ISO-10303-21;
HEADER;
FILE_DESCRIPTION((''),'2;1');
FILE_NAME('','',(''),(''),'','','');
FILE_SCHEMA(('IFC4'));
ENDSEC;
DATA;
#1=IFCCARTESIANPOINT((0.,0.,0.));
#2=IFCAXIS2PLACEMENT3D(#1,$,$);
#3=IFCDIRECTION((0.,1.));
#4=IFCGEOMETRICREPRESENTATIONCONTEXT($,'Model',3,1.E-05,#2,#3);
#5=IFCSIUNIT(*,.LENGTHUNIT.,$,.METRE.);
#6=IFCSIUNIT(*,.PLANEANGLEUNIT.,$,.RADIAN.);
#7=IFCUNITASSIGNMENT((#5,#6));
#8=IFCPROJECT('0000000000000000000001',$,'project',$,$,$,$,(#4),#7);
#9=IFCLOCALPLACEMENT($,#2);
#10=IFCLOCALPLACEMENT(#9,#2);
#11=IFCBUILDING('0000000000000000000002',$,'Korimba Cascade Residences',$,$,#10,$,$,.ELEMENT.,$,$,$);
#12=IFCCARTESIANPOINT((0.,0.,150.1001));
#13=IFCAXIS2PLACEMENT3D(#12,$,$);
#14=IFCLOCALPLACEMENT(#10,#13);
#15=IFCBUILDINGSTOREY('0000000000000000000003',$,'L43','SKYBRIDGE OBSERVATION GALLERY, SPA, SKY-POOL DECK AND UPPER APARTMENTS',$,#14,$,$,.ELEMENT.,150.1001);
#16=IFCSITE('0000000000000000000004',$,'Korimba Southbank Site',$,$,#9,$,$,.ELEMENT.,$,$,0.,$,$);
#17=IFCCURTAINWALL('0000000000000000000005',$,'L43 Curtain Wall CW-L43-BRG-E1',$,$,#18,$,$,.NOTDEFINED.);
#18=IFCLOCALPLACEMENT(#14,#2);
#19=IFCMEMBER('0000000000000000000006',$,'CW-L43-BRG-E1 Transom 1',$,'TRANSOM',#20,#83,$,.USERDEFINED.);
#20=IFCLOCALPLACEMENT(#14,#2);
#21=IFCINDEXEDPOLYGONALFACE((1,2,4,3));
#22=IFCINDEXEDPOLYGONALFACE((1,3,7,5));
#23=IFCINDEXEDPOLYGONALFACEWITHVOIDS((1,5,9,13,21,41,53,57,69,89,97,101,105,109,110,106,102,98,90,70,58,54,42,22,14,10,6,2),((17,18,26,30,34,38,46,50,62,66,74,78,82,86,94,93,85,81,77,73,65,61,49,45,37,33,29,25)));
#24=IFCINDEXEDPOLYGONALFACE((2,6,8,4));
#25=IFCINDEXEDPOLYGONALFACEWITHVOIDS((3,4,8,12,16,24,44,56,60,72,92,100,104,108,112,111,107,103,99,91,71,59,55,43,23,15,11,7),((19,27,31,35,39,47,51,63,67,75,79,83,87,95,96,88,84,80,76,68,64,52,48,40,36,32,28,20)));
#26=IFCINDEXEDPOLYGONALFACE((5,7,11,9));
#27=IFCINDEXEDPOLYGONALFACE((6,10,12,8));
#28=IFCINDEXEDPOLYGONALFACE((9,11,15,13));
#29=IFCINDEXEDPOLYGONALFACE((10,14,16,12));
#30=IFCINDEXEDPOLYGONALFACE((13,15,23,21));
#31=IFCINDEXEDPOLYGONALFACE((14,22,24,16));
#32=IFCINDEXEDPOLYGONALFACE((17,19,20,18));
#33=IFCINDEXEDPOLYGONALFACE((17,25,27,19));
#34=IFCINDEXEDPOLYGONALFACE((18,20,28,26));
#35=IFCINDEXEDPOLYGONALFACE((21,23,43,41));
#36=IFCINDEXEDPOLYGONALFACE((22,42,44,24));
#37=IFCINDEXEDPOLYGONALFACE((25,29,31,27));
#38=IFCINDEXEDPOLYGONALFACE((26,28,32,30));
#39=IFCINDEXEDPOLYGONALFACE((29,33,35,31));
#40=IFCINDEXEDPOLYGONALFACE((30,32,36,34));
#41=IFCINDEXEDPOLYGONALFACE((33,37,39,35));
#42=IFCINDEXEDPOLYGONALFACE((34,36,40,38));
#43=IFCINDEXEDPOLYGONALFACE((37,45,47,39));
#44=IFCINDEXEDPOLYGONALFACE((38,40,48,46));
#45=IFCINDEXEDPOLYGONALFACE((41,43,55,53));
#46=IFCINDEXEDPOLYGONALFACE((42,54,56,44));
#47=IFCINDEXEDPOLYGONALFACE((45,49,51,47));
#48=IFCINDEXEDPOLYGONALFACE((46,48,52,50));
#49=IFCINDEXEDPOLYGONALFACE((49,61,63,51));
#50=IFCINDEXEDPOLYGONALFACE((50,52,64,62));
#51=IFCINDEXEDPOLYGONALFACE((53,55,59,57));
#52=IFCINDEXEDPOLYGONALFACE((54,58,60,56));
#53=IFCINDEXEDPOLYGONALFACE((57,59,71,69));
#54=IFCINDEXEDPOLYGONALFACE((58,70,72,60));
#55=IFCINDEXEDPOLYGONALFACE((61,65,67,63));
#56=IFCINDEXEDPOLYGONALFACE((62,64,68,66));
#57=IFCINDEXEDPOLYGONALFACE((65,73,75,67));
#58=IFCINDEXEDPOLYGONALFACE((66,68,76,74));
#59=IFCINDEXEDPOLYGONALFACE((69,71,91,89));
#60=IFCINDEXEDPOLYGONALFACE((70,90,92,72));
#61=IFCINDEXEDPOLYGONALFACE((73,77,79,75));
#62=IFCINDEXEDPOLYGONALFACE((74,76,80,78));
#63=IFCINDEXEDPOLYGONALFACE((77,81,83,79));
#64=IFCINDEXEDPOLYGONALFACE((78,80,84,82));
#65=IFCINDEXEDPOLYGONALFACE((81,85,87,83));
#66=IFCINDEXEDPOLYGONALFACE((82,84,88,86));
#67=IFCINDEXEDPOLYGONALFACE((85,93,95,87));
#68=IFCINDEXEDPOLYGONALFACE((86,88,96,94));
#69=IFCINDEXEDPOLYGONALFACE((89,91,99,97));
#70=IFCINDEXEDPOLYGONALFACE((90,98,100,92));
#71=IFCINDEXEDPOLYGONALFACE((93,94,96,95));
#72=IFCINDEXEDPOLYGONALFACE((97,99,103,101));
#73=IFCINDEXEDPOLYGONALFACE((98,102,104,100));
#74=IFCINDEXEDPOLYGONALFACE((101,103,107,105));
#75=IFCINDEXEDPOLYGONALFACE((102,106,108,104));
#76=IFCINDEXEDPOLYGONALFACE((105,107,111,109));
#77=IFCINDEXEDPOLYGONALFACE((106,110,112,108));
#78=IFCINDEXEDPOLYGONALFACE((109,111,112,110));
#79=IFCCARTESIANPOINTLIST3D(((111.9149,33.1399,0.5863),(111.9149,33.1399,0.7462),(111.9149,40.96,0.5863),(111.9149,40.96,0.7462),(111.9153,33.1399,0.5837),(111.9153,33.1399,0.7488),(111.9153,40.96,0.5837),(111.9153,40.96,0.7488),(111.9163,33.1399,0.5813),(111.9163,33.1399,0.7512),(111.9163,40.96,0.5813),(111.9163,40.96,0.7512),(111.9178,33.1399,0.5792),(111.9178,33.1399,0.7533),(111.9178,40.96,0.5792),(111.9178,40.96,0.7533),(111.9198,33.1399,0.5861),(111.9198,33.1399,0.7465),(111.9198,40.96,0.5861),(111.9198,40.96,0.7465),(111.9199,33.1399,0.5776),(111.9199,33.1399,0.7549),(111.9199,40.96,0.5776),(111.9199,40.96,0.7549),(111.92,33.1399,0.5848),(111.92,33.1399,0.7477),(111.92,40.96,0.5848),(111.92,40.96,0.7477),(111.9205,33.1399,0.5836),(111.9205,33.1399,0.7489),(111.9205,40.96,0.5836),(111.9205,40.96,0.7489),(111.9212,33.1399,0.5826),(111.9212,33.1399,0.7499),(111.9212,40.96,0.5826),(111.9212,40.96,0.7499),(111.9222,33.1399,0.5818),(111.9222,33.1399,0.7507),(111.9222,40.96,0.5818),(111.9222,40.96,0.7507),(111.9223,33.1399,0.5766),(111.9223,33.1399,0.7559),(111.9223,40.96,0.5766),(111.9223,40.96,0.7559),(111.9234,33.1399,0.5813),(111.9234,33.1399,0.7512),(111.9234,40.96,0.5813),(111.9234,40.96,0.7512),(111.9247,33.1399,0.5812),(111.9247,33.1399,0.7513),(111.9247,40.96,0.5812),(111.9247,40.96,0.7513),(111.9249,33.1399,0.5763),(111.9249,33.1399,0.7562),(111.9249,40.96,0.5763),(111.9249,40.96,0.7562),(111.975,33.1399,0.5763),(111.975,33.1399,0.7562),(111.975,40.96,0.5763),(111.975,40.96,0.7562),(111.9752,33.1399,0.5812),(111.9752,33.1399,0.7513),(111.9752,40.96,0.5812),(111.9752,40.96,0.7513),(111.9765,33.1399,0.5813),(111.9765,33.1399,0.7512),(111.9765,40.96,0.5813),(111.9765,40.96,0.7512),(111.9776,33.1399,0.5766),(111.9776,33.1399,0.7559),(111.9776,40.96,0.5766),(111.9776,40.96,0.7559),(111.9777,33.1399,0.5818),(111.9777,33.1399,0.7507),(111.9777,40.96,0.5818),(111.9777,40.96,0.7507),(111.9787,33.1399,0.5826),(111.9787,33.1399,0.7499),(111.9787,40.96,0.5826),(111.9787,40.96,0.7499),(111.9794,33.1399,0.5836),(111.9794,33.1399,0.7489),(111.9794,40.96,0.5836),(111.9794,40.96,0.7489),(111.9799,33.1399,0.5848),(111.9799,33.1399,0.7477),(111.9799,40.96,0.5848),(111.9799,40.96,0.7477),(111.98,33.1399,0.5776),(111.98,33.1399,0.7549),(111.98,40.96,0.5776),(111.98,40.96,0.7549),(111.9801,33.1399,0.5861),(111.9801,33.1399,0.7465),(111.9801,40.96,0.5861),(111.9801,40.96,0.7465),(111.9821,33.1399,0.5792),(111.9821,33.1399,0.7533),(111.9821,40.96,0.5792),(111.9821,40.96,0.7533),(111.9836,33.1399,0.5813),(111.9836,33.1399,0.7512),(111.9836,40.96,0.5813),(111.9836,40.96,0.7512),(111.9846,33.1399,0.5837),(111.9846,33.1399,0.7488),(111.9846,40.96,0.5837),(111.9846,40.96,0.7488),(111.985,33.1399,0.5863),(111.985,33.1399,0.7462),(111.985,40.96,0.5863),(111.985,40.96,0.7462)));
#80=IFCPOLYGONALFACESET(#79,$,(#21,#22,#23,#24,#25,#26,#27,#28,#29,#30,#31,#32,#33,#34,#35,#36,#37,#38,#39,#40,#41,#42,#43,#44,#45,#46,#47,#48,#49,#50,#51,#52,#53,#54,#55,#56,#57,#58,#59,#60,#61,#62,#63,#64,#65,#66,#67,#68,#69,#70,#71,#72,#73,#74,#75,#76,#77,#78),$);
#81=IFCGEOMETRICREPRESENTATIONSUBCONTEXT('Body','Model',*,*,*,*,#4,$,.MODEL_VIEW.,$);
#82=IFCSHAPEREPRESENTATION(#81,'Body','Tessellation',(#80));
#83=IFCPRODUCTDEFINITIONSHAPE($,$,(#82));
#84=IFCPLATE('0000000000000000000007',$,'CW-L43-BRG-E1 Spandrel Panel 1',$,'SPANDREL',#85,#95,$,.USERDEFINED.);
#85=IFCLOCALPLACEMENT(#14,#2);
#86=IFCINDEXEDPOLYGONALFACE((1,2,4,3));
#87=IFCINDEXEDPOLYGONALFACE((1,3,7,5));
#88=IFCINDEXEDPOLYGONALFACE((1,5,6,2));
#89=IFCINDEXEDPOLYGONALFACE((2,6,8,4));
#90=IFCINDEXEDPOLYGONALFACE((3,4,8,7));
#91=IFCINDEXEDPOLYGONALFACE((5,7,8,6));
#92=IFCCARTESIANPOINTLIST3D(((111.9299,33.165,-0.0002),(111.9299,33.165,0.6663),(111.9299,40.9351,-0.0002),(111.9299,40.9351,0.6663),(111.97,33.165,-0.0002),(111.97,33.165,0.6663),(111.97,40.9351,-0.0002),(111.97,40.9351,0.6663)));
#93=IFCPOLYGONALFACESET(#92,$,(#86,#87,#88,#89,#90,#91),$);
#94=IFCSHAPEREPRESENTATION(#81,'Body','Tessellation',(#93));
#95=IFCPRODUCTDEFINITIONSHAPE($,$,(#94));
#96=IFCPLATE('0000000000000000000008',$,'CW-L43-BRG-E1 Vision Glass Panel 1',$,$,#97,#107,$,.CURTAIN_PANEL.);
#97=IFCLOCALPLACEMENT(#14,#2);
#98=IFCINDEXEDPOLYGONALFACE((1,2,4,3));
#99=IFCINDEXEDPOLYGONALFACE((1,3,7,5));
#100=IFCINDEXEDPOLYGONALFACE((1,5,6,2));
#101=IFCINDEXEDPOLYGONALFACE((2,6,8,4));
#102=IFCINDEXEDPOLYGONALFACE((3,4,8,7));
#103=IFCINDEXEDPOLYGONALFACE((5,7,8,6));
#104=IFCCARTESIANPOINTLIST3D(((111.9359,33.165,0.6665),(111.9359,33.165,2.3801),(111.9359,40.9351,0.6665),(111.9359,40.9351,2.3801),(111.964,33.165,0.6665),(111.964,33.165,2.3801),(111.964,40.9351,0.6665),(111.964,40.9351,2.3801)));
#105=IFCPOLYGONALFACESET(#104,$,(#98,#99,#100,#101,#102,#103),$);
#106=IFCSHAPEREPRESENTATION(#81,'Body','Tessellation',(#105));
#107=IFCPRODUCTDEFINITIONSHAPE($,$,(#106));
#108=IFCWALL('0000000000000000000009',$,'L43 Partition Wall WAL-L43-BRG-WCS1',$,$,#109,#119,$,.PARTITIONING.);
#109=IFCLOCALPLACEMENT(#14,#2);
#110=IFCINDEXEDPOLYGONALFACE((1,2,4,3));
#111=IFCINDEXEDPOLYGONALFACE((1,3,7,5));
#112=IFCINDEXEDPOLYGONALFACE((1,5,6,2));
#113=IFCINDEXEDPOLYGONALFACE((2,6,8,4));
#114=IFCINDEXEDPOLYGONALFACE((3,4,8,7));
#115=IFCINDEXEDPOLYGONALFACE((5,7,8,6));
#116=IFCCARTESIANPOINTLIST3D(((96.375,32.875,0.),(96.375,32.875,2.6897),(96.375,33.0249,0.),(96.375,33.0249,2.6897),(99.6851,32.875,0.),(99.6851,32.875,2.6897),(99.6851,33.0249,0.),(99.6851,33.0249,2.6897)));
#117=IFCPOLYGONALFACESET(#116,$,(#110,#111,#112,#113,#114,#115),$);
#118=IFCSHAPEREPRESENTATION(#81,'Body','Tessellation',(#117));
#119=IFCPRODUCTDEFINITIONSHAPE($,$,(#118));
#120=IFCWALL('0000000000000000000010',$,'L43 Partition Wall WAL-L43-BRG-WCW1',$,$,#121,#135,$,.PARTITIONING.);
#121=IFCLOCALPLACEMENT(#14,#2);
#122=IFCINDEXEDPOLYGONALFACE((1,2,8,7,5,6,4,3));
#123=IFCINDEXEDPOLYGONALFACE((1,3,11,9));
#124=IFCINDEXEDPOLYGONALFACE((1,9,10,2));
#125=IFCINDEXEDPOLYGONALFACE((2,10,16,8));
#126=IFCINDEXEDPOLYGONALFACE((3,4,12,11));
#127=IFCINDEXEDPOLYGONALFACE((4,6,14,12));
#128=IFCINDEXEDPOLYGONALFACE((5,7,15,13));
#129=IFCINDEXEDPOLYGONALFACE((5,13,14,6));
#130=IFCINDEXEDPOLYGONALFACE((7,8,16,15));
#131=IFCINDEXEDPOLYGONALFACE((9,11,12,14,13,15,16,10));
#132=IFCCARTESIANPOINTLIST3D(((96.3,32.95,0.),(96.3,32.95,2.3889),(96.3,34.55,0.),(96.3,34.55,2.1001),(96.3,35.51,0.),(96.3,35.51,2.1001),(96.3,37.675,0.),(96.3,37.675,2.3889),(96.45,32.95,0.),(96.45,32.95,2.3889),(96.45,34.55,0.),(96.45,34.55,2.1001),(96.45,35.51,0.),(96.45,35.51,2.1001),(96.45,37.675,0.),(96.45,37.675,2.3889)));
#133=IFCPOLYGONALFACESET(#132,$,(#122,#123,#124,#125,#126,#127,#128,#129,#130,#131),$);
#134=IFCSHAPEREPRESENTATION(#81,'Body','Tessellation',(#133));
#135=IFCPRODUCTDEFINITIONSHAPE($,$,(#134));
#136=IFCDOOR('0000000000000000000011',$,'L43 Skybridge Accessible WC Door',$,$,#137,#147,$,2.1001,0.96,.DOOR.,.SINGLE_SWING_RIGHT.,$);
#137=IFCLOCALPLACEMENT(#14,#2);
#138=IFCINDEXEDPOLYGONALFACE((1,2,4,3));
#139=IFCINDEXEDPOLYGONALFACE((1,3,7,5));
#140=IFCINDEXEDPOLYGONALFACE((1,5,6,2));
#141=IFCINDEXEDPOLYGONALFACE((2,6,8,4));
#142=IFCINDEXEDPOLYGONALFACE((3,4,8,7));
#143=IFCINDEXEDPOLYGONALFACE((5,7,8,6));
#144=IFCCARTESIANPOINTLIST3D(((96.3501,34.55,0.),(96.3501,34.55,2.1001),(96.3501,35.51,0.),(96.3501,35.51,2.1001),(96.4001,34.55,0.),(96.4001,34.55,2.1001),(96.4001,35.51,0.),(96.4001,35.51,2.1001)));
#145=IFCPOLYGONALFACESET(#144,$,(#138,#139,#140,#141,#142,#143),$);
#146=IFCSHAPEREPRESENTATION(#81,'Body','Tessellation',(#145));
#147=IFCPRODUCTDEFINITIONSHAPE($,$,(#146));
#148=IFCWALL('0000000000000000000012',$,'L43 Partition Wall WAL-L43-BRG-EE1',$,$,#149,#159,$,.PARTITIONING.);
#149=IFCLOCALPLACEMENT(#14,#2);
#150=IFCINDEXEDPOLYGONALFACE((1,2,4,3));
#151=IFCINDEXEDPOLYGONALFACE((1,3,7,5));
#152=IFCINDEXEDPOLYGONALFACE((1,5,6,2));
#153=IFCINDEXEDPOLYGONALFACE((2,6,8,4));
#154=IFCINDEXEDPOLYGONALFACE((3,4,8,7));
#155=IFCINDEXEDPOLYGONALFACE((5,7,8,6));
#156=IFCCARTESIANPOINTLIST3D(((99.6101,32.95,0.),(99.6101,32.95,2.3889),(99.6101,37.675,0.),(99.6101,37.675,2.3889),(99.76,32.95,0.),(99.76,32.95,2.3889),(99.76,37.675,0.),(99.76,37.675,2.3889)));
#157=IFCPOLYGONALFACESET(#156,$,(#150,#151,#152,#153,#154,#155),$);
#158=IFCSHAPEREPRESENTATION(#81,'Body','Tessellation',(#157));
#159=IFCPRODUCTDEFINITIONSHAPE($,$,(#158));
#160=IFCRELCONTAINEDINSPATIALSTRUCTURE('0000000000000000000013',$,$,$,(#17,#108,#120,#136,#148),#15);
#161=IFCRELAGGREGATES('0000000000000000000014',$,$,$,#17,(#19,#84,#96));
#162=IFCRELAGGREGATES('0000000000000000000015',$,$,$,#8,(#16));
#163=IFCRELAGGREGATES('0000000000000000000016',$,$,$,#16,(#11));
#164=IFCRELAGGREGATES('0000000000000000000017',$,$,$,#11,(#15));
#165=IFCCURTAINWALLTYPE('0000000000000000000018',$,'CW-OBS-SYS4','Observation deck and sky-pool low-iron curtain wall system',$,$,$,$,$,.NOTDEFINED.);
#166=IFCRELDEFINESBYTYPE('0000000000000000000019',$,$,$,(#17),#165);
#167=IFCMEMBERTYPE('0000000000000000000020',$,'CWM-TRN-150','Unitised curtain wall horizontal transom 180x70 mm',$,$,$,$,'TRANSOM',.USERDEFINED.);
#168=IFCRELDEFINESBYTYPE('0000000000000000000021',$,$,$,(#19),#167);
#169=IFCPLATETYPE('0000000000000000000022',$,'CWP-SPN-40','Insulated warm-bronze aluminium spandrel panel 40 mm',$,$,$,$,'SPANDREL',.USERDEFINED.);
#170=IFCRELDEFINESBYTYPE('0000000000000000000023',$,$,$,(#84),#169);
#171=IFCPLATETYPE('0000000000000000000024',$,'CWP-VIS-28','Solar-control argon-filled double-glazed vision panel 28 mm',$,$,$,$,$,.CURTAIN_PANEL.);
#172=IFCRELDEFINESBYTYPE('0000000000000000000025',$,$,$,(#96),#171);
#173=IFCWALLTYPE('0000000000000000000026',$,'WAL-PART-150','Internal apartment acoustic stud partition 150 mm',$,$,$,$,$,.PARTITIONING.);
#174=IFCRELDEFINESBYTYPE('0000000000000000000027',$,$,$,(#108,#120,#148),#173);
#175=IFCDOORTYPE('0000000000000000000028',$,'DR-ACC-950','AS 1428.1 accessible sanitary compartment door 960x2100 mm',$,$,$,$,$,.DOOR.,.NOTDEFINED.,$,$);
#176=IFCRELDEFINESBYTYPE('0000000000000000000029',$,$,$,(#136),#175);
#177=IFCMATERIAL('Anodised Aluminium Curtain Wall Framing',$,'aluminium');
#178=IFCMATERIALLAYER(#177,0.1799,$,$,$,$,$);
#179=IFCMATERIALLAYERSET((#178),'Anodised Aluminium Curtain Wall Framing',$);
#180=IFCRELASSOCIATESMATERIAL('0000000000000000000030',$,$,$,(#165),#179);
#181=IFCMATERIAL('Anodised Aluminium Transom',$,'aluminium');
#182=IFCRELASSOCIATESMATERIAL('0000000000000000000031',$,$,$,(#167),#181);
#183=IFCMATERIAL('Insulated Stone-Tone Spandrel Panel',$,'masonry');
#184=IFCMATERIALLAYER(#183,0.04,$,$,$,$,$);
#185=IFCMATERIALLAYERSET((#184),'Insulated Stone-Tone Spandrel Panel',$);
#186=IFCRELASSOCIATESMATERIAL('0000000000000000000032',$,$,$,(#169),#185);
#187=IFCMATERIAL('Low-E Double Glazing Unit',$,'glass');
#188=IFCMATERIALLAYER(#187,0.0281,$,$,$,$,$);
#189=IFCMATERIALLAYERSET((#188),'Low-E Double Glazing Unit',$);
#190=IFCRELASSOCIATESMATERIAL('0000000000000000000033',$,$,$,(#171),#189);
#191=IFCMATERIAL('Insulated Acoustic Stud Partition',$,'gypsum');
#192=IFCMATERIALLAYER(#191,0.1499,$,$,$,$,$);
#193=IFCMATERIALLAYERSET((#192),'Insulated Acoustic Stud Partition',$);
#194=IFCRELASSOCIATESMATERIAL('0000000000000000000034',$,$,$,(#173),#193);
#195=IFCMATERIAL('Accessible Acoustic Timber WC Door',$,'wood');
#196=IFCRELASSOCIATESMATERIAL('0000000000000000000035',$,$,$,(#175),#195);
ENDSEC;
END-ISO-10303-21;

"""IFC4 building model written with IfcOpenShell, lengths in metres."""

from ifc_helpers import new_model, si_unit, direction, frame, frame_2d, origin, origin_2d, place, context, subcontext, project, spatial, rectangle, hollow_rectangle, extrude, material, layer, layer_set, material_profile, profile_set, type_object, element, fill, aggregate, save


model = new_model("IFC4")

# Units and contexts
model_context = context("Model", 3, precision=1e-05, world=origin(), true_north=direction((0.0, 1.0)))
body_context = subcontext(model_context, "Body", "Model", "MODEL_VIEW")
ifc_project = project(units=[si_unit("LENGTHUNIT", "METRE"), si_unit("PLANEANGLEUNIT", "RADIAN")], contexts=[model_context])

# Site, building, storey
site_placement = place(None, origin())
site = spatial("IfcSite", under=ifc_project, at=site_placement, Name="Korimba Southbank Site", CompositionType="ELEMENT", RefElevation=0.0)
building_placement = place(site_placement, origin())
building = spatial("IfcBuilding", under=site, at=building_placement, Name="Korimba Cascade Residences", CompositionType="ELEMENT")
storey_placement = place(building_placement, frame((0.0, 0.0, 150.1001)))
storey = spatial("IfcBuildingStorey", under=building, at=storey_placement, Name="L43", Description="SKYBRIDGE OBSERVATION GALLERY, SPA, SKY-POOL DECK AND UPPER APARTMENTS", CompositionType="ELEMENT", Elevation=150.1001)

# Curtain wall, member, plates
ifc_material_1 = material(Name="Anodised Aluminium Curtain Wall Framing", Category="aluminium")
ifc_layer_1 = layer(ifc_material_1, 0.1799)
ifc_layer_set_1 = layer_set([ifc_layer_1], Name="Anodised Aluminium Curtain Wall Framing")
curtain_wall_type = type_object("IfcCurtainWallType", Name="CW-OBS-SYS4", Description="Observation deck and sky-pool low-iron curtain wall system", PredefinedType="NOTDEFINED", material=ifc_layer_set_1)
curtain_wall_placement = place(storey_placement, origin())
curtain_wall = element("IfcCurtainWall", 1, at=curtain_wall_placement, inside=storey, type_object=curtain_wall_type, Name="L43 Curtain Wall CW-L43-BRG-E1", PredefinedType="NOTDEFINED")
ifc_material_2 = material(Name="Anodised Aluminium Transom", Category="aluminium")
ifc_material_profile_1 = material_profile(ifc_material_2, hollow_rectangle(XDim=0.0701, YDim=0.1799, WallThickness=0.0049, InnerFilletRadius=0.0049, OuterFilletRadius=0.01, at=origin_2d()), Name="Anodised Aluminium Transom")
ifc_profile_set_1 = profile_set([ifc_material_profile_1], Name="Anodised Aluminium Transom")
member_type_1 = type_object("IfcMemberType", Name="CWM-TRN-150", Description="Unitised curtain wall horizontal transom 180x70 mm", ElementType="TRANSOM", PredefinedType="USERDEFINED", material=ifc_profile_set_1)
member_1_placement = place(storey_placement, frame((111.95, 33.1399, 0.6663), z_axis=(0.0, 1.0, 0.0), x_axis=(-1.0, 0.0, 0.0)))
member_1 = element("IfcMember", 2, at=member_1_placement, type_object=member_type_1, Name="CW-L43-BRG-E1 Transom 1", ObjectType="TRANSOM", PredefinedType="USERDEFINED", context=body_context, shape_type="SweptSolid", body=[
    extrude(hollow_rectangle(XDim=0.0701, YDim=0.1799, WallThickness=0.0049, InnerFilletRadius=0.0049, OuterFilletRadius=0.01, at=origin_2d()), origin(), (0.0, 0.0, 1.0), 7.8201),
])
ifc_material_3 = material(Name="Insulated Stone-Tone Spandrel Panel", Category="masonry")
ifc_layer_2 = layer(ifc_material_3, 0.04)
ifc_layer_set_2 = layer_set([ifc_layer_2], Name="Insulated Stone-Tone Spandrel Panel")
plate_type_1 = type_object("IfcPlateType", Name="CWP-SPN-40", Description="Insulated warm-bronze aluminium spandrel panel 40 mm", ElementType="SPANDREL", PredefinedType="USERDEFINED", material=ifc_layer_set_2)
plate_1_placement = place(storey_placement, frame((111.95, 37.05, -0.0002), z_axis=(0.0, 0.0, 1.0), x_axis=(0.0, 1.0, 0.0)))
plate_1 = element("IfcPlate", 3, at=plate_1_placement, type_object=plate_type_1, Name="CW-L43-BRG-E1 Spandrel Panel 1", ObjectType="SPANDREL", PredefinedType="USERDEFINED", context=body_context, shape_type="SweptSolid", body=[
    extrude(rectangle(XDim=7.77, YDim=0.04, at=origin_2d()), origin(), (0.0, 0.0, 1.0), 0.6665),
])
ifc_material_4 = material(Name="Low-E Double Glazing Unit", Category="glass")
ifc_layer_3 = layer(ifc_material_4, 0.0281)
ifc_layer_set_3 = layer_set([ifc_layer_3], Name="Low-E Double Glazing Unit")
plate_type_2 = type_object("IfcPlateType", Name="CWP-VIS-28", Description="Solar-control argon-filled double-glazed vision panel 28 mm", PredefinedType="CURTAIN_PANEL", material=ifc_layer_set_3)
plate_2_placement = place(storey_placement, frame((111.95, 37.05, 0.6665), z_axis=(0.0, 0.0, 1.0), x_axis=(0.0, 1.0, 0.0)))
plate_2 = element("IfcPlate", 4, at=plate_2_placement, type_object=plate_type_2, Name="CW-L43-BRG-E1 Vision Glass Panel 1", PredefinedType="CURTAIN_PANEL", context=body_context, shape_type="SweptSolid", body=[
    extrude(rectangle(XDim=7.77, YDim=0.0281, at=origin_2d()), origin(), (0.0, 0.0, 1.0), 1.7136),
])
aggregate(curtain_wall, [member_1, plate_1, plate_2])

# Wall
ifc_material_5 = material(Name="Insulated Acoustic Stud Partition", Category="gypsum")
ifc_layer_4 = layer(ifc_material_5, 0.1499)
ifc_layer_set_4 = layer_set([ifc_layer_4], Name="Insulated Acoustic Stud Partition")
wall_type_1 = type_object("IfcWallType", Name="WAL-PART-150", Description="Internal apartment acoustic stud partition 150 mm", PredefinedType="PARTITIONING", material=ifc_layer_set_4)
wall_1_placement = place(storey_placement, frame((96.375, 32.95, 0.0), z_axis=(0.0, 0.0, 1.0), x_axis=(1.0, 0.0, 0.0)))
element("IfcWall", 5, at=wall_1_placement, inside=storey, type_object=wall_type_1, Name="L43 Partition Wall WAL-L43-BRG-WCS1", PredefinedType="PARTITIONING", context=body_context, shape_type="SweptSolid", body=[
    extrude(rectangle(XDim=3.3101, YDim=0.1499, at=frame_2d((1.655, 0.0))), origin(), (0.0, 0.0, 1.0), 2.6897),
])

# Wall, opening, door
wall_2_placement = place(storey_placement, frame((96.375, 32.95, 0.0), z_axis=(0.0, 0.0, 1.0), x_axis=(0.0, 1.0, 0.0)))
wall_2 = element("IfcWall", 6, at=wall_2_placement, inside=storey, type_object=wall_type_1, Name="L43 Partition Wall WAL-L43-BRG-WCW1", PredefinedType="PARTITIONING", context=body_context, shape_type="SweptSolid", body=[
    extrude(rectangle(XDim=4.7251, YDim=0.1499, at=frame_2d((2.3625, 0.0))), origin(), (0.0, 0.0, 1.0), 2.3889),
])
opening_1_placement = place(wall_2_placement, frame((1.6001, 0.0, 0.0)))
opening_1 = element("IfcOpeningElement", 7, at=opening_1_placement, cuts=wall_2, PredefinedType="OPENING", context=body_context, shape_type="SweptSolid", body=[
    extrude(rectangle(XDim=0.96, YDim=2.1001, at=frame_2d((0.48, 1.05))), frame((0.0, 0.085, 0.0), z_axis=(0.0, -1.0, 0.0), x_axis=(1.0, 0.0, 0.0)), (0.0, 0.0, 1.0), 0.1699),
])
ifc_material_6 = material(Name="Accessible Acoustic Timber WC Door", Category="wood")
door_type_1 = type_object("IfcDoorType", Name="DR-ACC-950", Description="AS 1428.1 accessible sanitary compartment door 960x2100 mm", OperationType="NOTDEFINED", PredefinedType="DOOR", material=ifc_material_6)
door_1_placement = place(opening_1_placement, origin())
door_1 = element("IfcDoor", 8, at=door_1_placement, inside=storey, type_object=door_type_1, Name="L43 Skybridge Accessible WC Door", OperationType="SINGLE_SWING_RIGHT", OverallHeight=2.1001, OverallWidth=0.96, PredefinedType="DOOR", context=body_context, shape_type="SweptSolid", body=[
    extrude(rectangle(XDim=0.96, YDim=2.1001, at=frame_2d((0.48, 1.05))), frame((0.0, 0.0249, 0.0), z_axis=(0.0, -1.0, 0.0), x_axis=(1.0, 0.0, 0.0)), (0.0, 0.0, 1.0), 0.05),
])
fill(opening_1, door_1)

# Wall
wall_3_placement = place(storey_placement, frame((99.6851, 32.95, 0.0), z_axis=(0.0, 0.0, 1.0), x_axis=(0.0, 1.0, 0.0)))
element("IfcWall", 9, at=wall_3_placement, inside=storey, type_object=wall_type_1, Name="L43 Partition Wall WAL-L43-BRG-EE1", PredefinedType="PARTITIONING", context=body_context, shape_type="SweptSolid", body=[
    extrude(rectangle(XDim=4.7251, YDim=0.1499, at=frame_2d((2.3625, 0.0))), origin(), (0.0, 0.0, 1.0), 2.3889),
])

save(model, "model.ifc")
